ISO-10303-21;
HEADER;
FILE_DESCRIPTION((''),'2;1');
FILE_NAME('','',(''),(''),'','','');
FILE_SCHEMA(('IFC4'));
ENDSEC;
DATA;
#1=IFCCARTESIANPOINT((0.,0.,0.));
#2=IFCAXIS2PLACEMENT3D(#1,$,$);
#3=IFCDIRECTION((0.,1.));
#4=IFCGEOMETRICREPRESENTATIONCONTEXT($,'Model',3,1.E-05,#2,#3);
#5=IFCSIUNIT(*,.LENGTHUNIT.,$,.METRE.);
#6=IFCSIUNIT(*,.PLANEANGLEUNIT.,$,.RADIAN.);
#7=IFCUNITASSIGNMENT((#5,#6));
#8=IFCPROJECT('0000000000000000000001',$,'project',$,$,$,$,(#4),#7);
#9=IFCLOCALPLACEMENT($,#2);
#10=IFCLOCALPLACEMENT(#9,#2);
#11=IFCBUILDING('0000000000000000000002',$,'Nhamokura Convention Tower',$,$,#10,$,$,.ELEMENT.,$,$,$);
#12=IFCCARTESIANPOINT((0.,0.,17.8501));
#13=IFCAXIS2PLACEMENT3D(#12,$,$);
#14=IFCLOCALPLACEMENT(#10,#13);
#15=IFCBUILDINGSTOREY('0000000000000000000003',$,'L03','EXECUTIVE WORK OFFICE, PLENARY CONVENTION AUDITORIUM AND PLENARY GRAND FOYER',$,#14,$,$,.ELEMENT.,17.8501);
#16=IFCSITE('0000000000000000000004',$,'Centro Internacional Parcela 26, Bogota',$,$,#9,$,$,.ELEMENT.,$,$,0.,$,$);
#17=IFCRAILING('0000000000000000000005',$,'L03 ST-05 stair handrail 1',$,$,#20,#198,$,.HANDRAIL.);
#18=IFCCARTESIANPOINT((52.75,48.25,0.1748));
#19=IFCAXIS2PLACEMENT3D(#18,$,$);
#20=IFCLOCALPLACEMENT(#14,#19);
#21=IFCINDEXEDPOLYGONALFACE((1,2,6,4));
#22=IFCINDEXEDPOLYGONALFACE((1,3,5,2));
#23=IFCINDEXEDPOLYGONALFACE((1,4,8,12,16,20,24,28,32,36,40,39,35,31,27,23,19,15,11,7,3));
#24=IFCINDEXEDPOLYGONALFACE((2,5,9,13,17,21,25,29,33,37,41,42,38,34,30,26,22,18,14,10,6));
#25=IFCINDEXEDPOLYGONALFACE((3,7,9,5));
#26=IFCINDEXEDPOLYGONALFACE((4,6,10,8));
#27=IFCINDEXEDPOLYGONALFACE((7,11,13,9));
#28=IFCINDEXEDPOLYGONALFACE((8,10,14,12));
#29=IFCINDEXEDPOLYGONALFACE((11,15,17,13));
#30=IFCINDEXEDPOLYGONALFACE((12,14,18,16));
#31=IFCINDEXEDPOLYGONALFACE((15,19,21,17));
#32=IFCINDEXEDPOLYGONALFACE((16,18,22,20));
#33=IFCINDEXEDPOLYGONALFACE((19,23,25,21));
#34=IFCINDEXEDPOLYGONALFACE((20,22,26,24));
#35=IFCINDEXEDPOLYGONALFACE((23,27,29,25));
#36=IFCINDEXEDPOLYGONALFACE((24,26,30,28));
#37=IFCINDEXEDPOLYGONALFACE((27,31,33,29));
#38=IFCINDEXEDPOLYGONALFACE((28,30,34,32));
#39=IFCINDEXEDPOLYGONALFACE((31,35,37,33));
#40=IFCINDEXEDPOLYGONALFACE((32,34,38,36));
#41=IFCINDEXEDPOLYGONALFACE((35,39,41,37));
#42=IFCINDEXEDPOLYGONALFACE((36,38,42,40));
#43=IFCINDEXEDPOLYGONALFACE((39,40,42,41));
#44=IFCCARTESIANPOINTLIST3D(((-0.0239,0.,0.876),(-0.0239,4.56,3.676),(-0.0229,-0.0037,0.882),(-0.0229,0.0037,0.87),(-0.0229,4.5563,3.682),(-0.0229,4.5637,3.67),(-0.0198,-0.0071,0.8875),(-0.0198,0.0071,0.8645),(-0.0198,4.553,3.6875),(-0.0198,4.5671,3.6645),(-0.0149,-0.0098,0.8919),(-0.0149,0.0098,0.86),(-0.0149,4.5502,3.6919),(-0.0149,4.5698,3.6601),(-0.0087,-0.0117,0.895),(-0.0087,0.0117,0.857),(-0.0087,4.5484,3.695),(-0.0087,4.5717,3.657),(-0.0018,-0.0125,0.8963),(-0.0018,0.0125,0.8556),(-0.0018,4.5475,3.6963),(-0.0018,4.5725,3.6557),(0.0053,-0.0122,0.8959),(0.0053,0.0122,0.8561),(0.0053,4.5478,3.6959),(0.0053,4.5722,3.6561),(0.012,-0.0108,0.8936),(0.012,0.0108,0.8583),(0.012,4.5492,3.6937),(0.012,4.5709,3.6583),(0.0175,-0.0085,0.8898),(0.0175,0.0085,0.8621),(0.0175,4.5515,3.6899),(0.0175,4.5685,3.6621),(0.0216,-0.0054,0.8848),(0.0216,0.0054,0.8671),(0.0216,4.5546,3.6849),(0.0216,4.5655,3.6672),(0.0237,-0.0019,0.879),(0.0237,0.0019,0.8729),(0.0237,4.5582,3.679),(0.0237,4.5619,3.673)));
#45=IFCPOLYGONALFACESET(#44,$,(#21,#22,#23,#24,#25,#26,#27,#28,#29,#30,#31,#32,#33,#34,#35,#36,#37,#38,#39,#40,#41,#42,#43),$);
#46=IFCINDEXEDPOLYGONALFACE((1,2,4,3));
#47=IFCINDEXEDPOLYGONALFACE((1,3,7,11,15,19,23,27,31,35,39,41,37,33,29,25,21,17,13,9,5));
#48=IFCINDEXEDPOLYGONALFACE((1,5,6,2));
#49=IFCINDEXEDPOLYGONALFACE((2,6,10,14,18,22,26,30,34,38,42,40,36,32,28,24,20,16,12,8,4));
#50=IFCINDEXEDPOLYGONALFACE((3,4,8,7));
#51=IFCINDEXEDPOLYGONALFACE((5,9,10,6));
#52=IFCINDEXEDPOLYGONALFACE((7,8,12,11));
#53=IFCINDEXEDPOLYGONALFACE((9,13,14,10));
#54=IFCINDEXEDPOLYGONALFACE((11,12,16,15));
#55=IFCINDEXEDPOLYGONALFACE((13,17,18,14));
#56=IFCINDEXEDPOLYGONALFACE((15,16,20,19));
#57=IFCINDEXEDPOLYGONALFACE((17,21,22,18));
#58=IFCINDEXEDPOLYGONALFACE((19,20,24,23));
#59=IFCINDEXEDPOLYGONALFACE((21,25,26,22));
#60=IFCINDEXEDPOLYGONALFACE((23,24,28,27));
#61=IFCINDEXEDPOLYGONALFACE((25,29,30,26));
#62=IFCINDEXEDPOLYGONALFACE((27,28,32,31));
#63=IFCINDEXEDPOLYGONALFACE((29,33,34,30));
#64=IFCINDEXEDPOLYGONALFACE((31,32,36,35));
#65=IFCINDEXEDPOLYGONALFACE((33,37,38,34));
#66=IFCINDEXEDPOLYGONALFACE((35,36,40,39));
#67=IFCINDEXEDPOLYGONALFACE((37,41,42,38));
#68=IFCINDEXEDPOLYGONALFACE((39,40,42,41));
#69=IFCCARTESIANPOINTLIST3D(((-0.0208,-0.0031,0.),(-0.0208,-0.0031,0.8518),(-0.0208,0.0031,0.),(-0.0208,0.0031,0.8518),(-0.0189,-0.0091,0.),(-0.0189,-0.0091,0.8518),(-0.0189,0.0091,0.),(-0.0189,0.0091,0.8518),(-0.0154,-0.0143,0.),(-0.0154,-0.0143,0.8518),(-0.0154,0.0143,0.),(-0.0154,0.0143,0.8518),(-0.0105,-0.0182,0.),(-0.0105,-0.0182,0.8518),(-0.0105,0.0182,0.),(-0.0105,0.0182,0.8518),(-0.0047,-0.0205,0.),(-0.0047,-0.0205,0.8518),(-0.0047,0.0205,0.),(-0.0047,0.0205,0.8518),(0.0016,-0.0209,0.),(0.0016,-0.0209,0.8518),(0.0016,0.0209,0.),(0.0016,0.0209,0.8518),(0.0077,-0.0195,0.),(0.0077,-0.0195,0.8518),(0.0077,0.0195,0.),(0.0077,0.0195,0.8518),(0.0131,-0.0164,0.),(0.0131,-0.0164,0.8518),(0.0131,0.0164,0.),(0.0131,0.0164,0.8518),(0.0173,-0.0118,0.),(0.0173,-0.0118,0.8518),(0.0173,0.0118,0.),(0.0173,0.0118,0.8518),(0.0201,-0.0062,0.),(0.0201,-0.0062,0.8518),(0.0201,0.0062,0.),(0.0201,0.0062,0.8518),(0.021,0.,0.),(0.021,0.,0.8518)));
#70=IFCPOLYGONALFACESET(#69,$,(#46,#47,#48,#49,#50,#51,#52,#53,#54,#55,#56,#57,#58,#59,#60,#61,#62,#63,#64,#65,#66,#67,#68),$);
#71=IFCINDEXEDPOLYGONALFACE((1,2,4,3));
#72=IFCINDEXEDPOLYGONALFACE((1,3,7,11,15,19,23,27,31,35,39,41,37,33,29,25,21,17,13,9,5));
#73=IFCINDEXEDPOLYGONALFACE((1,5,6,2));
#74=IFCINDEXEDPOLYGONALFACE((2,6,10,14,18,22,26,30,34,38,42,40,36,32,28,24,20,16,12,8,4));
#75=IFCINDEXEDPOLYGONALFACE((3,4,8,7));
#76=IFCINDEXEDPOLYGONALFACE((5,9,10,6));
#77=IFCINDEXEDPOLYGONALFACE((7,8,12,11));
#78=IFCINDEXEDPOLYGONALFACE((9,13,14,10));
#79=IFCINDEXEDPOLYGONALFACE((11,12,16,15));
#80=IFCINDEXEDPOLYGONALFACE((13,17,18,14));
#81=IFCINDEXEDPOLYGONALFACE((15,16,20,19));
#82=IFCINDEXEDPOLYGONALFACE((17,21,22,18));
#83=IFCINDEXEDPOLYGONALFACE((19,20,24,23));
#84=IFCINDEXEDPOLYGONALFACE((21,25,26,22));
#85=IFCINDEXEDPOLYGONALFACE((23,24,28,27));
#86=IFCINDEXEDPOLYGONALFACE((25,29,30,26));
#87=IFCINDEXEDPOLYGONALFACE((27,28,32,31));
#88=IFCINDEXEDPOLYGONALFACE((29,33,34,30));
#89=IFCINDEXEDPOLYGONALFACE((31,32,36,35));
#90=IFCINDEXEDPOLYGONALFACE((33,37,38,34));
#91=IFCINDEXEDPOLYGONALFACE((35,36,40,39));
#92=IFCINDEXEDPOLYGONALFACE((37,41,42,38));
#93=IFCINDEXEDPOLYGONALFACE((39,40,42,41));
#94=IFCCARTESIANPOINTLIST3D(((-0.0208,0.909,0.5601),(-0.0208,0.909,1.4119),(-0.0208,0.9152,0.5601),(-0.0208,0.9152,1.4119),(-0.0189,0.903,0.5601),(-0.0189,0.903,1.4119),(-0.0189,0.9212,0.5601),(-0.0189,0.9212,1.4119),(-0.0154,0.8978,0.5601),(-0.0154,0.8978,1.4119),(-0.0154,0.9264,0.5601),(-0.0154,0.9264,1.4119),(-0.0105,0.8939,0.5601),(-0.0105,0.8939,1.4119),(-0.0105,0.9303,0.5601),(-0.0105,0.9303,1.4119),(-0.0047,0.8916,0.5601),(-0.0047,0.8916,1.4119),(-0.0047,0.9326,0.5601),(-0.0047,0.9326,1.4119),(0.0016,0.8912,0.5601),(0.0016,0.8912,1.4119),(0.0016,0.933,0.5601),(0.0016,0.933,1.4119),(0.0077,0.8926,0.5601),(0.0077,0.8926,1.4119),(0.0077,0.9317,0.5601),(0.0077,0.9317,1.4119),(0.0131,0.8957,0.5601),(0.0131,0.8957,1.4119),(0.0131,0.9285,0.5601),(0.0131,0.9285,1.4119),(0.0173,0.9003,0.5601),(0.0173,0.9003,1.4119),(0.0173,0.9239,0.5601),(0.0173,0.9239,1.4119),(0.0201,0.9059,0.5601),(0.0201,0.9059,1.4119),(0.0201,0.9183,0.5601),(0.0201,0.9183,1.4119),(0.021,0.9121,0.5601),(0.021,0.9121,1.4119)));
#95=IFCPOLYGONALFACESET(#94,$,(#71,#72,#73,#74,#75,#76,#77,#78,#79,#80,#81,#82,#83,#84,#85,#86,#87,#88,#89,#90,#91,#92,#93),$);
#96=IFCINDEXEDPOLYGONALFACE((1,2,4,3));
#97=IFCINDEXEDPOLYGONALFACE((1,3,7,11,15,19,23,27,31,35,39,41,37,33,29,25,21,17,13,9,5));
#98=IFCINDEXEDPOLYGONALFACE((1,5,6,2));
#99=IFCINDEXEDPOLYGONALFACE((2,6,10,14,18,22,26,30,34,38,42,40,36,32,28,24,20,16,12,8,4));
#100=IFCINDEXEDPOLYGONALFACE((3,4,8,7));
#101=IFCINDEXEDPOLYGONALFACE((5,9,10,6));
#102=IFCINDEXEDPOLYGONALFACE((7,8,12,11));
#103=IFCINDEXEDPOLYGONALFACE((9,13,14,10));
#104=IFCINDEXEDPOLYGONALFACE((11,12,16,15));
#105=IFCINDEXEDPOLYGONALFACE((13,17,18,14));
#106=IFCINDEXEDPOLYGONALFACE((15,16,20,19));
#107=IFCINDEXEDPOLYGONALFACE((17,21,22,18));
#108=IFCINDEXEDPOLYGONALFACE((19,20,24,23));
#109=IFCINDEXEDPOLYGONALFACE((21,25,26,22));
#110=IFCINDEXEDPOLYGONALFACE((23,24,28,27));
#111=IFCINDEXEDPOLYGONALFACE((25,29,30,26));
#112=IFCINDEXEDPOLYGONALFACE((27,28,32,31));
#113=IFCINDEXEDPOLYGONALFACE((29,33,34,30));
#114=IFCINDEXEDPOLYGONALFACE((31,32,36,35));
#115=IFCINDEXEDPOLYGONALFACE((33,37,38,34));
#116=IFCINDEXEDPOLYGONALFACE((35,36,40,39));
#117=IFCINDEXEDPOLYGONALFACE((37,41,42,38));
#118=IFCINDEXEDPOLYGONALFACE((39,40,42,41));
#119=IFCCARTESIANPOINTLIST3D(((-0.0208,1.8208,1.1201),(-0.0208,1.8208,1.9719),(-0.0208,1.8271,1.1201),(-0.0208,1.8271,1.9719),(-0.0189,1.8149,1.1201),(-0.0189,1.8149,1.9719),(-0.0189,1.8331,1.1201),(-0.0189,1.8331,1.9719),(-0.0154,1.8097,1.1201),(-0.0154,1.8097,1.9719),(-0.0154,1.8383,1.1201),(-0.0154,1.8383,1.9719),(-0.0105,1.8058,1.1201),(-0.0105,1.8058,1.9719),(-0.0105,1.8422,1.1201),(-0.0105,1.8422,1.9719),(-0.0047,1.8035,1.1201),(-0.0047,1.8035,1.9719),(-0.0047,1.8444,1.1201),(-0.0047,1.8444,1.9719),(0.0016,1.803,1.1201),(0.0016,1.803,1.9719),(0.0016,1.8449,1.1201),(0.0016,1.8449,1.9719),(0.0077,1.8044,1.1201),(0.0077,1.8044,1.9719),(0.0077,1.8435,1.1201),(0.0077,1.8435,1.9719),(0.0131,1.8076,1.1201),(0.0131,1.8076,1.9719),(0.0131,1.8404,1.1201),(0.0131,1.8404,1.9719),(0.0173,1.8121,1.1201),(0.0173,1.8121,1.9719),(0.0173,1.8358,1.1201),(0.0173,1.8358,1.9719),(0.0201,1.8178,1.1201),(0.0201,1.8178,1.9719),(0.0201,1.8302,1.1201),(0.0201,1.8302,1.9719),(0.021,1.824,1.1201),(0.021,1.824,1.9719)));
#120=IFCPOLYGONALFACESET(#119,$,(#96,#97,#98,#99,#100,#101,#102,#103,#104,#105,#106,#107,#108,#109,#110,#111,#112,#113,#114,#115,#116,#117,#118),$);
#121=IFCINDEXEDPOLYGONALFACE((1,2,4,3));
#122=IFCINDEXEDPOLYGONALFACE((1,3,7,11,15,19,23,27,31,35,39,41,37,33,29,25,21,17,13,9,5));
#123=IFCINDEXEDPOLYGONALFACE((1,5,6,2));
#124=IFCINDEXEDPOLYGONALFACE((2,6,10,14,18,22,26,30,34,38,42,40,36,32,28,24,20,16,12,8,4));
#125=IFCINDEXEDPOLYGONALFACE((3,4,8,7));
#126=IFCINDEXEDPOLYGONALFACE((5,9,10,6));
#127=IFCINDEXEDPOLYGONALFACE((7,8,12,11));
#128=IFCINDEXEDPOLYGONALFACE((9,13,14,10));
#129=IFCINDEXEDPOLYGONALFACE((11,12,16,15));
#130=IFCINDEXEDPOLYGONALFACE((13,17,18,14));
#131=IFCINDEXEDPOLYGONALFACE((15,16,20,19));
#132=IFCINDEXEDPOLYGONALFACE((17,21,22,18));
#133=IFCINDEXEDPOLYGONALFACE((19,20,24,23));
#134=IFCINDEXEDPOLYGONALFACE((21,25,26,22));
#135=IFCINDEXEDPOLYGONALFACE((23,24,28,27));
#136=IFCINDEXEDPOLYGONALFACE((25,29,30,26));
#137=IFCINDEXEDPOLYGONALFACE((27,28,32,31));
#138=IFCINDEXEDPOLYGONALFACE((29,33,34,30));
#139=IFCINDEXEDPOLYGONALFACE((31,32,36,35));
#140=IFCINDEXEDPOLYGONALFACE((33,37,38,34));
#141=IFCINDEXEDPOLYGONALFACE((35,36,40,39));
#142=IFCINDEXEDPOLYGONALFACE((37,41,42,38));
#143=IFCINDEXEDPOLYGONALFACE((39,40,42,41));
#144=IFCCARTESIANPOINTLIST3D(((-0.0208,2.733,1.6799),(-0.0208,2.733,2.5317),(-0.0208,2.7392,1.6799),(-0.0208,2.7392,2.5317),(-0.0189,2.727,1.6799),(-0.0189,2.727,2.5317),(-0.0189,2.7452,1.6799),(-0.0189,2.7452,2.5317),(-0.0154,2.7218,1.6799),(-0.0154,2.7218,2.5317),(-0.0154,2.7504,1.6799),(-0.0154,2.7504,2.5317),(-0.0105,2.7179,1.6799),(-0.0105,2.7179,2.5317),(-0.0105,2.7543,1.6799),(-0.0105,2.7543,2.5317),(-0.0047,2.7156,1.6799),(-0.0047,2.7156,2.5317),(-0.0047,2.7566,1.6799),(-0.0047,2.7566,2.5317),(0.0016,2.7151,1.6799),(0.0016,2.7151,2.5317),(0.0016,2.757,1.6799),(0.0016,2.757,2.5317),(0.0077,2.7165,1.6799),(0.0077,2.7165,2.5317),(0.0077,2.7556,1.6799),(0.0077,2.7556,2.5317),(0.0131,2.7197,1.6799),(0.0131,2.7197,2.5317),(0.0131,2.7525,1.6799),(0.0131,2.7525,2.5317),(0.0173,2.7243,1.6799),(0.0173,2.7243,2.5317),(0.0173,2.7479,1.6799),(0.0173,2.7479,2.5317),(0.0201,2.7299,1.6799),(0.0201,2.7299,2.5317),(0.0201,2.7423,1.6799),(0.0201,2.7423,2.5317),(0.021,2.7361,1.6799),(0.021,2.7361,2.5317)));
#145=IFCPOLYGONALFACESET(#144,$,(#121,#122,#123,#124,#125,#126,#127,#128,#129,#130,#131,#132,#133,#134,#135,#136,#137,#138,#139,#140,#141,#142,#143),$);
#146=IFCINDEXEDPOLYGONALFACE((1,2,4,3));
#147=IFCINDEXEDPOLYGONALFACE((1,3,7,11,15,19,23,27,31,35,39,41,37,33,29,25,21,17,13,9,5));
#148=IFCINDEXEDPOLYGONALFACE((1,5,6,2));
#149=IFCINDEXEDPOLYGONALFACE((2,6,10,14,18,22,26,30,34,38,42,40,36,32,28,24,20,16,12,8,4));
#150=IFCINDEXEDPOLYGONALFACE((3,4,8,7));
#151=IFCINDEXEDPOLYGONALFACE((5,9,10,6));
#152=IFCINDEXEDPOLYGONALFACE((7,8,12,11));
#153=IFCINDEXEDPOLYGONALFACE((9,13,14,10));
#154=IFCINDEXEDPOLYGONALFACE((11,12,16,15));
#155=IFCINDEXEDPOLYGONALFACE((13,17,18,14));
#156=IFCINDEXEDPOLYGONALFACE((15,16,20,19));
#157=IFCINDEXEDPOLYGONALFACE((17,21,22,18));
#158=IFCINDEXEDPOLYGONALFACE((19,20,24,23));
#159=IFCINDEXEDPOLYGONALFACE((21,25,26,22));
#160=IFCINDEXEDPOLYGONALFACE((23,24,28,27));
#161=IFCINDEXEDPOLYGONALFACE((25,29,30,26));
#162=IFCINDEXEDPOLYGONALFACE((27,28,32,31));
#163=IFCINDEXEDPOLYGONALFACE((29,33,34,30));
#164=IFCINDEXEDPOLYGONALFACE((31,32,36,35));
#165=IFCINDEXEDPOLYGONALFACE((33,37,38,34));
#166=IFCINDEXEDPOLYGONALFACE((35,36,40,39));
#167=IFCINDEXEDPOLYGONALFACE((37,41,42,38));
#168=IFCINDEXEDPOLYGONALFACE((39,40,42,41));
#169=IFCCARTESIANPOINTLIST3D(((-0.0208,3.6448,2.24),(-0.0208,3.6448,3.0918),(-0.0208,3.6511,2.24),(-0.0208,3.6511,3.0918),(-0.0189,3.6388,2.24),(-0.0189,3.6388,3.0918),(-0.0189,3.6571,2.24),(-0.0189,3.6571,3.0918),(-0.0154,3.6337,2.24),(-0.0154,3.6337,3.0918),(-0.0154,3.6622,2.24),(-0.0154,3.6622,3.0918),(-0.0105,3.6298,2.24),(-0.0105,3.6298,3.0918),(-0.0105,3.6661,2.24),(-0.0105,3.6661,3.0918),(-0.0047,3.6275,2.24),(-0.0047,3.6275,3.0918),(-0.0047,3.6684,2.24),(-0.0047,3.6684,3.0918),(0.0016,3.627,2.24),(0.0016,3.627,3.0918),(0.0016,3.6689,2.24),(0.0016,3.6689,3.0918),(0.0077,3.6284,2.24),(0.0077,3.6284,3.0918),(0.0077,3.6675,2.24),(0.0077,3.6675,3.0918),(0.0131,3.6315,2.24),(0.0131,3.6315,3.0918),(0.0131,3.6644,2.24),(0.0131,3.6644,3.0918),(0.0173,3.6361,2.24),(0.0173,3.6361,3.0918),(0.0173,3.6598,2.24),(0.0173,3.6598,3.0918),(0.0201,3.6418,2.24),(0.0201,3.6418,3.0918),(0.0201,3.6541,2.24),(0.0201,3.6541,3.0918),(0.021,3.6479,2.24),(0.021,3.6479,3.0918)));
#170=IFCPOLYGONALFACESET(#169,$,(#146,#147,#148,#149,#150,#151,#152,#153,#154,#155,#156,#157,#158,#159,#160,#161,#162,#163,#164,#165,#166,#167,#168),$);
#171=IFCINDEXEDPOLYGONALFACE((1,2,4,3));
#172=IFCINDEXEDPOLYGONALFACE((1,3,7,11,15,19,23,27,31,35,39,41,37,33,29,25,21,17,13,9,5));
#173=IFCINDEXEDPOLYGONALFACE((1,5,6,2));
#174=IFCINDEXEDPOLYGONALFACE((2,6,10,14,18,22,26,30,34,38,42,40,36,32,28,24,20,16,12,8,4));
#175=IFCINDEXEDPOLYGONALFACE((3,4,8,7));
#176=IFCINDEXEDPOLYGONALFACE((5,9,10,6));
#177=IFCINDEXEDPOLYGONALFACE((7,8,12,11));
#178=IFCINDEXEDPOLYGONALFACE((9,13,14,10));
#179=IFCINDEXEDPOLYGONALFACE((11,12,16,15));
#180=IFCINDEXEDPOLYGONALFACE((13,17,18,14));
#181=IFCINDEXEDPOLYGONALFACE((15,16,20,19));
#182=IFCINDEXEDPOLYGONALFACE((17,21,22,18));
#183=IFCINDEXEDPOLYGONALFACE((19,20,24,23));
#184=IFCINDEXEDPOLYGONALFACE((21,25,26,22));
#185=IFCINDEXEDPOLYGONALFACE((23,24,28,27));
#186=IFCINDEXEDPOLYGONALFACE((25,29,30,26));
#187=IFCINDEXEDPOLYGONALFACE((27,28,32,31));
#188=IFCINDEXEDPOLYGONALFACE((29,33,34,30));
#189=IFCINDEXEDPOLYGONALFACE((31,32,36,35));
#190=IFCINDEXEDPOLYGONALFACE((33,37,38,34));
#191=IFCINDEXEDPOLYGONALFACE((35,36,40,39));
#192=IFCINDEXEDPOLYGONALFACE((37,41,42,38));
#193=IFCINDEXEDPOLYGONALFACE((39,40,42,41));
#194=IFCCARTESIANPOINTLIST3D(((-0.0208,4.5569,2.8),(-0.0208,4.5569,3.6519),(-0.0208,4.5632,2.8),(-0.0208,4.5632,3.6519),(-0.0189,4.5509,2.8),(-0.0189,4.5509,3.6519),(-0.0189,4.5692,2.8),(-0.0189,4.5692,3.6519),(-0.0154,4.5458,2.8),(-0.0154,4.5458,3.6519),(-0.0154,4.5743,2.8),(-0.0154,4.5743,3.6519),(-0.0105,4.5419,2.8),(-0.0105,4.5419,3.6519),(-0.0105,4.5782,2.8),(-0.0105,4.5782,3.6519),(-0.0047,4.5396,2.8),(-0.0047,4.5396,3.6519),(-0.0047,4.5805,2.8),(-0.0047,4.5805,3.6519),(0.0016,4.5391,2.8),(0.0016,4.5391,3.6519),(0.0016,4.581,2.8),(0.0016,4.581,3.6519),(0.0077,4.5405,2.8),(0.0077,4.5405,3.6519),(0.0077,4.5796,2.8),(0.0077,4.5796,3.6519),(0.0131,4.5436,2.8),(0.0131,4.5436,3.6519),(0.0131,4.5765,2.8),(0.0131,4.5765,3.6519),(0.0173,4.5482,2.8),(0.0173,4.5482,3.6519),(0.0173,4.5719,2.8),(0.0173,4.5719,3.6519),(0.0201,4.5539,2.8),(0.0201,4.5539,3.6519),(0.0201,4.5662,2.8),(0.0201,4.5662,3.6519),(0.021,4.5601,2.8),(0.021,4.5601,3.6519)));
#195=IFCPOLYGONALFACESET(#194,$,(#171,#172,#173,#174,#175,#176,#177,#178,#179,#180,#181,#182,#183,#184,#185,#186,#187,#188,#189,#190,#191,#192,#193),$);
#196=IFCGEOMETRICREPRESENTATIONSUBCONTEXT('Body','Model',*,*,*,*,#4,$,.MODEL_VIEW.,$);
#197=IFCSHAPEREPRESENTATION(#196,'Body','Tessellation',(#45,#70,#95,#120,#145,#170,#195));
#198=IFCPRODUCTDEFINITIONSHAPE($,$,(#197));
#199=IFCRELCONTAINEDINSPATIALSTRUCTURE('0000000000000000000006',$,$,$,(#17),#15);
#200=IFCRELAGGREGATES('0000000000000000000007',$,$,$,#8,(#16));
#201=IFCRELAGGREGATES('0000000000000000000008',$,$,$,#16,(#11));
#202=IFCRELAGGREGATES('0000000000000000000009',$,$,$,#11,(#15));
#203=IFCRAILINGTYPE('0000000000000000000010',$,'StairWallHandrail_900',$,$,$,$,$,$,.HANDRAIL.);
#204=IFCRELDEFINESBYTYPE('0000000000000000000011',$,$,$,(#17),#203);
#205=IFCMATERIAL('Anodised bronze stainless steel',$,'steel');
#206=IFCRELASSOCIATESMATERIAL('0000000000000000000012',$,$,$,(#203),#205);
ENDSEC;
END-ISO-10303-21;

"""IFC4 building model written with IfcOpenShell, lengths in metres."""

from ifc_helpers import new_model, si_unit, direction, frame, origin, origin_2d, place, context, subcontext, project, spatial, circle, extrude, material, type_object, element, save


model = new_model("IFC4")

# Units and contexts
model_context = context("Model", 3, precision=1e-05, world=origin(), true_north=direction((0.0, 1.0)))
body_context = subcontext(model_context, "Body", "Model", "MODEL_VIEW")
ifc_project = project(units=[si_unit("LENGTHUNIT", "METRE"), si_unit("PLANEANGLEUNIT", "RADIAN")], contexts=[model_context])

# Site, building, storey
site_placement = place(None, origin())
site = spatial("IfcSite", under=ifc_project, at=site_placement, Name="Centro Internacional Parcela 26, Bogota", CompositionType="ELEMENT", RefElevation=0.0)
building_placement = place(site_placement, origin())
building = spatial("IfcBuilding", under=site, at=building_placement, Name="Nhamokura Convention Tower", CompositionType="ELEMENT")
storey_placement = place(building_placement, frame((0.0, 0.0, 17.8501)))
storey = spatial("IfcBuildingStorey", under=building, at=storey_placement, Name="L03", Description="EXECUTIVE WORK OFFICE, PLENARY CONVENTION AUDITORIUM AND PLENARY GRAND FOYER", CompositionType="ELEMENT", Elevation=17.8501)

# Railing
ifc_material_1 = material(Name="Anodised bronze stainless steel", Category="steel")
railing_type_1 = type_object("IfcRailingType", Name="StairWallHandrail_900", PredefinedType="HANDRAIL", material=ifc_material_1)
railing_1_placement = place(storey_placement, frame((52.75, 48.25, 0.1748)))
element("IfcRailing", 1, at=railing_1_placement, inside=storey, type_object=railing_type_1, Name="L03 ST-05 stair handrail 1", PredefinedType="HANDRAIL", context=body_context, shape_type="SweptSolid", body=[
    extrude(circle(Radius=0.0239, at=origin_2d()), frame((0.0, 0.0, 0.876), z_axis=(0.0, 0.85217, 0.523265), x_axis=(-1.0, 0.0, 0.0)), (0.0, 0.0, 1.0), 5.3511),
    extrude(circle(Radius=0.021, at=origin_2d()), origin(), (0.0, 0.0, 1.0), 0.8518),
    extrude(circle(Radius=0.021, at=origin_2d()), frame((0.0, 0.9121, 0.5601)), (0.0, 0.0, 1.0), 0.8518),
    extrude(circle(Radius=0.021, at=origin_2d()), frame((0.0, 1.824, 1.1201)), (0.0, 0.0, 1.0), 0.8518),
    extrude(circle(Radius=0.021, at=origin_2d()), frame((0.0, 2.7361, 1.6799)), (0.0, 0.0, 1.0), 0.8518),
    extrude(circle(Radius=0.021, at=origin_2d()), frame((0.0, 3.6479, 2.24)), (0.0, 0.0, 1.0), 0.8518),
    extrude(circle(Radius=0.021, at=origin_2d()), frame((0.0, 4.5601, 2.8)), (0.0, 0.0, 1.0), 0.8518),
])

save(model, "model.ifc")
